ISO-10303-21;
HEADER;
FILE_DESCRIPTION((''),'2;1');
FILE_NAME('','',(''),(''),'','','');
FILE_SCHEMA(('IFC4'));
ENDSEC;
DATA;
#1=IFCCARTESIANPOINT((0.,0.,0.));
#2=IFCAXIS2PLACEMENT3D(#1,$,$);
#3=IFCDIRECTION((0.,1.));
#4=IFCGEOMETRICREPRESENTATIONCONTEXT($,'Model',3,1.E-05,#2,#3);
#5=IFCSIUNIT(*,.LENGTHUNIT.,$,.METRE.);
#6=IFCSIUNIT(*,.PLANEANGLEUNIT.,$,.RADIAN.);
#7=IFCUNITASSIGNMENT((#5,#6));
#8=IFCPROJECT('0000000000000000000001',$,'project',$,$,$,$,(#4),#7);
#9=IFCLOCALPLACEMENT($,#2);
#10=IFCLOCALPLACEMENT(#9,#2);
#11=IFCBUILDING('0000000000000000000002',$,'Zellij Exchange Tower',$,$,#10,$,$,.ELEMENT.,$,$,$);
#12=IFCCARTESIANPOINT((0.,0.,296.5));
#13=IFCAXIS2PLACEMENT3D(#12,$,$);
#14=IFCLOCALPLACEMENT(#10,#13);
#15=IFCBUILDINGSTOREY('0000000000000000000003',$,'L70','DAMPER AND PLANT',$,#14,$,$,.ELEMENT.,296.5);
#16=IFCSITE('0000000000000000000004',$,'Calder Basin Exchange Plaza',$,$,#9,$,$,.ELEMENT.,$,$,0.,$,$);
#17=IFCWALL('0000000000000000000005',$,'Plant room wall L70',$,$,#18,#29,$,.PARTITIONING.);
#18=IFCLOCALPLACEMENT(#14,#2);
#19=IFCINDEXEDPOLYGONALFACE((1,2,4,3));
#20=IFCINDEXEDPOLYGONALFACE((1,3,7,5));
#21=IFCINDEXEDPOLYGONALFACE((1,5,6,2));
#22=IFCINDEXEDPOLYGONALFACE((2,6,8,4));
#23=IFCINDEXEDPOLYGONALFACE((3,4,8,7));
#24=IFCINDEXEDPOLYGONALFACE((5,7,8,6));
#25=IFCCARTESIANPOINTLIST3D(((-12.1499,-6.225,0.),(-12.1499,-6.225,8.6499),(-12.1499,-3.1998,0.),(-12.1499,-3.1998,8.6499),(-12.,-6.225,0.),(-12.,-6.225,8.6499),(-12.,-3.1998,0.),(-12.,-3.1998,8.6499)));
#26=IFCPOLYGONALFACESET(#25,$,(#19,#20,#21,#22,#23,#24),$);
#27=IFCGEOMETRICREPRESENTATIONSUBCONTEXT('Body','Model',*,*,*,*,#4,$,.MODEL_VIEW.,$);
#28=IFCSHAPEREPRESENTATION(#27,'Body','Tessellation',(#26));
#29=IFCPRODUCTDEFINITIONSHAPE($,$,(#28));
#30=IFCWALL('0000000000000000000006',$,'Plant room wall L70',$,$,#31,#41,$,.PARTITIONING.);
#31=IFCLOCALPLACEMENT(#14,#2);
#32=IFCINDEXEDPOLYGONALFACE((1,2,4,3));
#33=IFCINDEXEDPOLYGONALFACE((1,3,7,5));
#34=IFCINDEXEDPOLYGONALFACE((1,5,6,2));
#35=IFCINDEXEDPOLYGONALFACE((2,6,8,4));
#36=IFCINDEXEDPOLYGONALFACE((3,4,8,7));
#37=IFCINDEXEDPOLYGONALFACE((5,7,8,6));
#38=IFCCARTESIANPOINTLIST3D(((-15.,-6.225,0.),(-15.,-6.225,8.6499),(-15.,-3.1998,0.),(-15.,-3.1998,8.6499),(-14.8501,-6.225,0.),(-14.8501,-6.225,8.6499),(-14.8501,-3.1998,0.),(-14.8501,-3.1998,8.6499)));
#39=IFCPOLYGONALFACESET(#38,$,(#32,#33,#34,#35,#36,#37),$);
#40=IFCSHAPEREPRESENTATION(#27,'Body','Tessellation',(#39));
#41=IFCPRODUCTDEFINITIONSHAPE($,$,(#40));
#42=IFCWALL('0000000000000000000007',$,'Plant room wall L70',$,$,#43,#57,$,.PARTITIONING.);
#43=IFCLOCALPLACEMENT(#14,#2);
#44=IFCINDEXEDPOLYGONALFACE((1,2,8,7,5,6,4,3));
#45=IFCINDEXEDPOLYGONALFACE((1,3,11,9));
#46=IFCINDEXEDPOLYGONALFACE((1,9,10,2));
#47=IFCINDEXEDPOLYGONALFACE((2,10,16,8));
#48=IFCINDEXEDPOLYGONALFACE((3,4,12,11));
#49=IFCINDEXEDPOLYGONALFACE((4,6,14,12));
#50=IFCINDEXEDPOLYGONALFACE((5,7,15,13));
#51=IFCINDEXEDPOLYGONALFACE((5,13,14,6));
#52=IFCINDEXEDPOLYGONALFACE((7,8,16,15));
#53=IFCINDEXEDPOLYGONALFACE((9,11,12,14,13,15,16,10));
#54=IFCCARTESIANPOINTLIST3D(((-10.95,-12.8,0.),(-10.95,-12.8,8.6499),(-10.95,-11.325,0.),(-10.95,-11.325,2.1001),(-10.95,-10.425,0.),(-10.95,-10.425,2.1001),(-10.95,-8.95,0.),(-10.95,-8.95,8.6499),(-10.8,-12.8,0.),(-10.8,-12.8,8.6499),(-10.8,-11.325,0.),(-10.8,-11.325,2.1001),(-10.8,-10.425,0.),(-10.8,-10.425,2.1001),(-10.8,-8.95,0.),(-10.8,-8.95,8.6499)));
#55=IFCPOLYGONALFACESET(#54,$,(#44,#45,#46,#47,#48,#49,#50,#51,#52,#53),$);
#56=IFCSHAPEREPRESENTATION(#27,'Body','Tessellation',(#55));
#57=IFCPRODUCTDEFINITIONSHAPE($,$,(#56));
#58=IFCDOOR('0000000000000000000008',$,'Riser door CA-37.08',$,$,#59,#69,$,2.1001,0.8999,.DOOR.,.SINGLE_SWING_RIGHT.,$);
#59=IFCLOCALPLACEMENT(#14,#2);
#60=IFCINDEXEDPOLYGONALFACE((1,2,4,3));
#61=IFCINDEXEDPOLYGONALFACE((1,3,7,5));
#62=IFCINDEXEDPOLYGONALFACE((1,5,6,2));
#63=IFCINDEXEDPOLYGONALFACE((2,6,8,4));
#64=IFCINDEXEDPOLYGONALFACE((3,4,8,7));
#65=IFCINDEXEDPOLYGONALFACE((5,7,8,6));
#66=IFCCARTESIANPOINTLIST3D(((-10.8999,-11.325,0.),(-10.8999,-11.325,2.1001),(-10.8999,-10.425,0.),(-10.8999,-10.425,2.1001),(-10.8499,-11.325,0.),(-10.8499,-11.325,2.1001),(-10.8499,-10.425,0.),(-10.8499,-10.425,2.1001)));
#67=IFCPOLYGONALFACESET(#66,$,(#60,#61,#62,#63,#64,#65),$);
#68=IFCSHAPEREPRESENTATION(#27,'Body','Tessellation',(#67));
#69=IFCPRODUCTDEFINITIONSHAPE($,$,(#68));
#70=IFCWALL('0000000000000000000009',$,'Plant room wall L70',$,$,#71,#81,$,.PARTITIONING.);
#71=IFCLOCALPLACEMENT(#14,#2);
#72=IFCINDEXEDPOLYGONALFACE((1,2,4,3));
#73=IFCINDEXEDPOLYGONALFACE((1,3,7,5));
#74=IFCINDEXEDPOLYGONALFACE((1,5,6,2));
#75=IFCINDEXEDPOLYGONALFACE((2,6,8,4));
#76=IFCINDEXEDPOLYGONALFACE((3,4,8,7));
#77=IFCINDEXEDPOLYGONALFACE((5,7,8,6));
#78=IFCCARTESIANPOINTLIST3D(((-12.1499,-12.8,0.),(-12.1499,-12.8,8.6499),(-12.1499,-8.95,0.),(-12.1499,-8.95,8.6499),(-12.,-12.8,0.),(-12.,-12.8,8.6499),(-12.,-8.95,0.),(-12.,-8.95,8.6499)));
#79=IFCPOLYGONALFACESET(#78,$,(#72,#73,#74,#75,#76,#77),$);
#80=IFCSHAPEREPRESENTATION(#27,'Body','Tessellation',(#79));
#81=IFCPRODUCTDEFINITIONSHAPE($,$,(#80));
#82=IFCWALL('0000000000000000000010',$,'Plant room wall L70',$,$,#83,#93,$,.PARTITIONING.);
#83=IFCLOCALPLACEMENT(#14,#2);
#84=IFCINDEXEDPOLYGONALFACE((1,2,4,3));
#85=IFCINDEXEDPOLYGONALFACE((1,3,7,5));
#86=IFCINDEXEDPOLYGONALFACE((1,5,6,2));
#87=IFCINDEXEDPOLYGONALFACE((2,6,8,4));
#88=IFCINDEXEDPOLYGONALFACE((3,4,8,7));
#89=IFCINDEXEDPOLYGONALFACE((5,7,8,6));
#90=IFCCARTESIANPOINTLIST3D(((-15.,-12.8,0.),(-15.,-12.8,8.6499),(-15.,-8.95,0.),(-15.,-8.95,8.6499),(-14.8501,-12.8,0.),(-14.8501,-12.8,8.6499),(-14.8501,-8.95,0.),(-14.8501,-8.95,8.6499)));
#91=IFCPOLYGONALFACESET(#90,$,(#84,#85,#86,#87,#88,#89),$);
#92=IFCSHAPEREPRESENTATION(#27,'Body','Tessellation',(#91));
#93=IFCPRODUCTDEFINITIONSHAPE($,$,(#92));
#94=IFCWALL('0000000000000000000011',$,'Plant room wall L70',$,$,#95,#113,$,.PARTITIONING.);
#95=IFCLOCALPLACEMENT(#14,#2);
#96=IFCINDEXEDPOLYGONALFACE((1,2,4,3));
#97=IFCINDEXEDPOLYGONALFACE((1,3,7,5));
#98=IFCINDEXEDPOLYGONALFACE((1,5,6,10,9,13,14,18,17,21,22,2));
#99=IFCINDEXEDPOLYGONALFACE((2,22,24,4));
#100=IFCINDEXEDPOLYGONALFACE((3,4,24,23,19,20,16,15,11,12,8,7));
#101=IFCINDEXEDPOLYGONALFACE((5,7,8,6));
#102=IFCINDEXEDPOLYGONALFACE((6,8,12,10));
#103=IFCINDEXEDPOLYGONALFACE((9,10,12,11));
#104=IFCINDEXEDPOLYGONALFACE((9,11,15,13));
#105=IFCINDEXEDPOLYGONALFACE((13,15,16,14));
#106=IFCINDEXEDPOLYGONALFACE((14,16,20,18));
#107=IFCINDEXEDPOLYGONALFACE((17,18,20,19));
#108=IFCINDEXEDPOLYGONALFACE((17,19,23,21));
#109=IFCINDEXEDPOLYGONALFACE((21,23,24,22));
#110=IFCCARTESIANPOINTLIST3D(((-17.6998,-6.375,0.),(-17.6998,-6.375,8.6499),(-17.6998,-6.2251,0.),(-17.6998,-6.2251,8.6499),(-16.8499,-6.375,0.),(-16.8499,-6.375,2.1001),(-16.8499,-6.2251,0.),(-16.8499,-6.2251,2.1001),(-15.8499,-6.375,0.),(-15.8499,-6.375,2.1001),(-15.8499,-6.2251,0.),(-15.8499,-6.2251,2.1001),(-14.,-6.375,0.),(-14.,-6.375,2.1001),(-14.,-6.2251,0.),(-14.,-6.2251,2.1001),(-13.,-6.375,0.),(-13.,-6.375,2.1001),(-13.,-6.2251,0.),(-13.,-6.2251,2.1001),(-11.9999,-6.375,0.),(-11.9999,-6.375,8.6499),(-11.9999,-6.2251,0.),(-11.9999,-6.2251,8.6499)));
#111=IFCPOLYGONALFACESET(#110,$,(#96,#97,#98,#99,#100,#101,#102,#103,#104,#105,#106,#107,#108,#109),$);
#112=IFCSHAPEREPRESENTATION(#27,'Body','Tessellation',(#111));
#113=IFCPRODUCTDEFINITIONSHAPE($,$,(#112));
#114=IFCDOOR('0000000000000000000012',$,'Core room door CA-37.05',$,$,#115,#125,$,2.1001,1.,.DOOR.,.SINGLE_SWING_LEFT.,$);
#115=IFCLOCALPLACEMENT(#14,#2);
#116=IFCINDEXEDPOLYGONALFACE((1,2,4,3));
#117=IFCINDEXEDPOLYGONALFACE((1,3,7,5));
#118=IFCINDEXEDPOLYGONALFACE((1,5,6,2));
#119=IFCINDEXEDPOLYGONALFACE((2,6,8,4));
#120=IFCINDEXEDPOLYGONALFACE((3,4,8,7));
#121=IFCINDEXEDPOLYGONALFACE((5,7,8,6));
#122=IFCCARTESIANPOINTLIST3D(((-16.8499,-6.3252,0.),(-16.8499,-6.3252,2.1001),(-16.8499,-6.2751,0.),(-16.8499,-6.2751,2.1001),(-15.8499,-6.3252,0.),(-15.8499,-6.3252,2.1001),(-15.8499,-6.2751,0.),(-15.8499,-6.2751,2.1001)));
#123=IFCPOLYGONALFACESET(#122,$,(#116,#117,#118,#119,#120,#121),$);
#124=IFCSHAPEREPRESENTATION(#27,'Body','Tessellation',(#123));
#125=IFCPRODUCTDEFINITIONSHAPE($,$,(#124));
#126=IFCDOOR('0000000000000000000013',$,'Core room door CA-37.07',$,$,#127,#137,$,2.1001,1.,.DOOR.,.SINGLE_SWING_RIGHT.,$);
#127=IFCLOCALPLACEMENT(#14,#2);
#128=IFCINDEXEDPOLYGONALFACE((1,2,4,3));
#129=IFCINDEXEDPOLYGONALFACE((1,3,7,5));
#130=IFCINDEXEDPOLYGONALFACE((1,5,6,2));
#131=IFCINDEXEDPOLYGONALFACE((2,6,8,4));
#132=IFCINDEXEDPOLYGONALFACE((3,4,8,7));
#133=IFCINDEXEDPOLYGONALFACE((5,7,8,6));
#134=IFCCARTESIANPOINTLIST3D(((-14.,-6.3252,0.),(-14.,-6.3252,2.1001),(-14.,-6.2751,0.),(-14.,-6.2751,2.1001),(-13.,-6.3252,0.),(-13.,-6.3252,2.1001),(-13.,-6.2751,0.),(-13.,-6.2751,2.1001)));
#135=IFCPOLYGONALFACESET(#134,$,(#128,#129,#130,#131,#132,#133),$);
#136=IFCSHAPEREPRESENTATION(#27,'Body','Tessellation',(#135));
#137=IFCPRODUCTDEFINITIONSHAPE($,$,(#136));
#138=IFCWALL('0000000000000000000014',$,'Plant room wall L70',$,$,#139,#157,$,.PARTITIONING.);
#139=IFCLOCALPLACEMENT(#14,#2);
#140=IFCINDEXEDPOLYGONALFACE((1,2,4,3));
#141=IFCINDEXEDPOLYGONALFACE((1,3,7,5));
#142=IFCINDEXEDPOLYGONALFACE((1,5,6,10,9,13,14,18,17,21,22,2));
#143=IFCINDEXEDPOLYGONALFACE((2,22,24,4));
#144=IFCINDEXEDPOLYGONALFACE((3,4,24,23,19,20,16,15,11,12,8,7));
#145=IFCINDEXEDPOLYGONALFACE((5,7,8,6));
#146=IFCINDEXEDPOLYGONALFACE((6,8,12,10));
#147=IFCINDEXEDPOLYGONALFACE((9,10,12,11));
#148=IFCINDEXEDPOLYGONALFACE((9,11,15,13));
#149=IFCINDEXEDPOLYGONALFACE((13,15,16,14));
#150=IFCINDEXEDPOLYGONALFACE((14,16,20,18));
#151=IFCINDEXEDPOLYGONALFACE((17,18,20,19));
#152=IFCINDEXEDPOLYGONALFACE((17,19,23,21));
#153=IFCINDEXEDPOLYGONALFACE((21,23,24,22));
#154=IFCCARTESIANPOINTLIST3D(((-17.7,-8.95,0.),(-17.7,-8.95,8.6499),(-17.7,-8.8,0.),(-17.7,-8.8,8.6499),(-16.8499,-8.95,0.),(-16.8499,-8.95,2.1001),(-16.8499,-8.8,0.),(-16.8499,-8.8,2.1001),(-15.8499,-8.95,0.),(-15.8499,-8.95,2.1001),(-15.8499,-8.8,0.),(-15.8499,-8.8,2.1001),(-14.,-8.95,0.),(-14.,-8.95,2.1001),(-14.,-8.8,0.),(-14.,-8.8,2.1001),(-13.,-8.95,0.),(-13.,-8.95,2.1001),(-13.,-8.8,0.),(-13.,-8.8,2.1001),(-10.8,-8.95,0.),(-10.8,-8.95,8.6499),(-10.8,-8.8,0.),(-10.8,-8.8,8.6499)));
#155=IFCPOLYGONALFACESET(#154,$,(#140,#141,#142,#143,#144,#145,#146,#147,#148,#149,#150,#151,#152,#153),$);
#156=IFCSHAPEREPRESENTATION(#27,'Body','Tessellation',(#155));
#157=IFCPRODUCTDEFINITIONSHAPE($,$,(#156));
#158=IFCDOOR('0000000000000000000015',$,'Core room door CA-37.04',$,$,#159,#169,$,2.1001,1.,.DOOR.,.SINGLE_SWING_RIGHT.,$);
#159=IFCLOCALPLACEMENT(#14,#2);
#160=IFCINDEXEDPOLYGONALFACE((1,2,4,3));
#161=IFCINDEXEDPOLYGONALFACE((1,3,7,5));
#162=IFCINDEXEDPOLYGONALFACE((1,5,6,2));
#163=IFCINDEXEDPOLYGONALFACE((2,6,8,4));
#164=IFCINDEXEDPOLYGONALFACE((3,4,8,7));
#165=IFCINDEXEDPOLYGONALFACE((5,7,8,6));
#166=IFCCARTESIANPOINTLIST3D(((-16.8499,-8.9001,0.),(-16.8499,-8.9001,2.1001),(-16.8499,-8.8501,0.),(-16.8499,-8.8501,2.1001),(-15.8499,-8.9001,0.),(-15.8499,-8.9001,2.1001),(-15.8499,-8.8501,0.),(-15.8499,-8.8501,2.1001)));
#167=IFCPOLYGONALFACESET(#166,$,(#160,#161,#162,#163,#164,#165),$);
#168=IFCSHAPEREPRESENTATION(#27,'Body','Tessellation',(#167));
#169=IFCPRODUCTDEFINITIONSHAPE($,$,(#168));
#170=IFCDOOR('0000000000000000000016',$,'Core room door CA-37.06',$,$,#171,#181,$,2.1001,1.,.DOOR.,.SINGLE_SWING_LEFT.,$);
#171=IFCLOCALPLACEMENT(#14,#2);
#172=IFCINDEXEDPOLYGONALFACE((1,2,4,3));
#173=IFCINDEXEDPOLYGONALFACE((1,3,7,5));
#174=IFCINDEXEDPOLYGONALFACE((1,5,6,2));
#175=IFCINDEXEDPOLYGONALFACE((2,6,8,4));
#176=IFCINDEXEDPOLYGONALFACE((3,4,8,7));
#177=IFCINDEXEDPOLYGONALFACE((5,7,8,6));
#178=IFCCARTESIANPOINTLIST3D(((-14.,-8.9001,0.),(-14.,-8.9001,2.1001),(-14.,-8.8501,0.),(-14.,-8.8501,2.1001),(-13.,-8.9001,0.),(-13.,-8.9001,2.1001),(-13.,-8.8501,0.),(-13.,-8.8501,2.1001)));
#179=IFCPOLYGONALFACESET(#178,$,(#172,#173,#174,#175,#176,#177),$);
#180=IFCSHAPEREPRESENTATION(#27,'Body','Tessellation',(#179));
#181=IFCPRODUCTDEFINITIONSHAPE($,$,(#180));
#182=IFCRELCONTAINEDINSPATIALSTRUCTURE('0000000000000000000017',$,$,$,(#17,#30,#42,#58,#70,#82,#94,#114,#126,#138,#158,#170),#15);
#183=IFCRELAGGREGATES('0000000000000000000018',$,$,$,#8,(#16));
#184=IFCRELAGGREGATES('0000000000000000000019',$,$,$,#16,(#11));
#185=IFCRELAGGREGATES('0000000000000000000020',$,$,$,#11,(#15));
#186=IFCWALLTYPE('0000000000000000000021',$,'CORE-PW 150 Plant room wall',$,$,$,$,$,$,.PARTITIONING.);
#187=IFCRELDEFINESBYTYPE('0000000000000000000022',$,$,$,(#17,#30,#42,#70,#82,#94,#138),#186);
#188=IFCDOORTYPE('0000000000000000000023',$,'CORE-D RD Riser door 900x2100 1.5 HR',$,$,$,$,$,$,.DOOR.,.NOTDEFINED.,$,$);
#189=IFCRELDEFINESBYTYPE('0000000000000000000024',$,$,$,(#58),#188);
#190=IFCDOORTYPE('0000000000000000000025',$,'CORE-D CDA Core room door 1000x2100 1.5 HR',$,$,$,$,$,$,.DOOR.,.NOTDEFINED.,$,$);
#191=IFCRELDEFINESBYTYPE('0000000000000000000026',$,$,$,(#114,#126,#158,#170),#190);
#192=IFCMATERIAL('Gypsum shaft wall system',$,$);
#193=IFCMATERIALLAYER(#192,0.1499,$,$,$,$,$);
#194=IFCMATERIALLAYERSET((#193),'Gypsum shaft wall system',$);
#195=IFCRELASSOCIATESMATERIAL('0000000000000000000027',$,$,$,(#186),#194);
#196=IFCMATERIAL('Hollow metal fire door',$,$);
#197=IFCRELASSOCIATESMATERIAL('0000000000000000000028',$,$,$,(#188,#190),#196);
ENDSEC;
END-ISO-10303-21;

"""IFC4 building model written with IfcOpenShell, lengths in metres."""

from ifc_helpers import new_model, si_unit, direction, frame, frame_2d, origin, place, context, subcontext, project, spatial, rectangle, extrude, material, layer, layer_set, type_object, element, fill, save


model = new_model("IFC4")

# Units and contexts
model_context = context("Model", 3, precision=1e-05, world=origin(), true_north=direction((0.0, 1.0)))
body_context = subcontext(model_context, "Body", "Model", "MODEL_VIEW")
ifc_project = project(units=[si_unit("LENGTHUNIT", "METRE"), si_unit("PLANEANGLEUNIT", "RADIAN")], contexts=[model_context])

# Site, building, storey
site_placement = place(None, origin())
site = spatial("IfcSite", under=ifc_project, at=site_placement, Name="Calder Basin Exchange Plaza", CompositionType="ELEMENT", RefElevation=0.0)
building_placement = place(site_placement, origin())
building = spatial("IfcBuilding", under=site, at=building_placement, Name="Zellij Exchange Tower", CompositionType="ELEMENT")
storey_placement = place(building_placement, frame((0.0, 0.0, 296.5)))
storey = spatial("IfcBuildingStorey", under=building, at=storey_placement, Name="L70", Description="DAMPER AND PLANT", CompositionType="ELEMENT", Elevation=296.5)

# Walls
ifc_material_1 = material(Name="Gypsum shaft wall system")
ifc_layer_1 = layer(ifc_material_1, 0.1499)
ifc_layer_set_1 = layer_set([ifc_layer_1], Name="Gypsum shaft wall system")
wall_type_1 = type_object("IfcWallType", Name="CORE-PW 150 Plant room wall", PredefinedType="PARTITIONING", material=ifc_layer_set_1)
for number, where, z_axis, x_axis, name in (
    (1, (-12.075, -6.2251, 0.0), (0.0, 0.0, 1.0), (0.0, 1.0, 0.0), "Plant room wall L70"),
    (2, (-14.925, -6.2251, 0.0), (0.0, 0.0, 1.0), (0.0, 1.0, 0.0), "Plant room wall L70"),
):
    element("IfcWall", number, at=place(storey_placement, frame(where, z_axis=z_axis, x_axis=x_axis)), inside=storey, type_object=wall_type_1, Name=name, PredefinedType="PARTITIONING", context=body_context, shape_type="SweptSolid", body=[
        extrude(rectangle(XDim=3.0251, YDim=0.1499, at=frame_2d((1.5127, 0.0))), origin(), (0.0, 0.0, 1.0), 8.6499),
    ])

# Wall, opening, door
wall_1_placement = place(storey_placement, frame((-10.875, -12.8, 0.0), z_axis=(0.0, 0.0, 1.0), x_axis=(0.0, 1.0, 0.0)))
wall_1 = element("IfcWall", 3, at=wall_1_placement, inside=storey, type_object=wall_type_1, Name="Plant room wall L70", PredefinedType="PARTITIONING", context=body_context, shape_type="SweptSolid", body=[
    extrude(rectangle(XDim=3.8501, YDim=0.1499, at=frame_2d((1.925, 0.0))), origin(), (0.0, 0.0, 1.0), 8.6499),
])
opening_1_placement = place(wall_1_placement, frame((1.4751, 0.0, 0.0)))
opening_1 = element("IfcOpeningElement", 4, at=opening_1_placement, cuts=wall_1, PredefinedType="OPENING", context=body_context, shape_type="SweptSolid", body=[
    extrude(rectangle(XDim=0.8999, YDim=2.1001, at=frame_2d((0.45, 1.05))), frame((0.0, 0.0869, 0.0), z_axis=(0.0, -1.0, 0.0), x_axis=(1.0, 0.0, 0.0)), (0.0, 0.0, 1.0), 0.1738),
])
ifc_material_2 = material(Name="Hollow metal fire door")
door_type_1 = type_object("IfcDoorType", Name="CORE-D RD Riser door 900x2100 1.5 HR", OperationType="NOTDEFINED", PredefinedType="DOOR", material=ifc_material_2)
door_1_placement = place(opening_1_placement, origin())
door_1 = element("IfcDoor", 5, at=door_1_placement, inside=storey, type_object=door_type_1, Name="Riser door CA-37.08", OperationType="SINGLE_SWING_RIGHT", OverallHeight=2.1001, OverallWidth=0.8999, PredefinedType="DOOR", context=body_context, shape_type="SweptSolid", body=[
    extrude(rectangle(XDim=0.8999, YDim=2.1001, at=frame_2d((0.45, 1.05))), frame((0.0, 0.0249, 0.0), z_axis=(0.0, -1.0, 0.0), x_axis=(1.0, 0.0, 0.0)), (0.0, 0.0, 1.0), 0.05),
])
fill(opening_1, door_1)

# Walls
for number, where, z_axis, x_axis, name in (
    (6, (-12.075, -12.8, 0.0), (0.0, 0.0, 1.0), (0.0, 1.0, 0.0), "Plant room wall L70"),
    (7, (-14.925, -12.8, 0.0), (0.0, 0.0, 1.0), (0.0, 1.0, 0.0), "Plant room wall L70"),
):
    element("IfcWall", number, at=place(storey_placement, frame(where, z_axis=z_axis, x_axis=x_axis)), inside=storey, type_object=wall_type_1, Name=name, PredefinedType="PARTITIONING", context=body_context, shape_type="SweptSolid", body=[
        extrude(rectangle(XDim=3.8501, YDim=0.1499, at=frame_2d((1.925, 0.0))), origin(), (0.0, 0.0, 1.0), 8.6499),
    ])

# Walls, openings, doors
wall_2_placement = place(storey_placement, frame((-17.7, -6.3, 0.0), z_axis=(0.0, 0.0, 1.0), x_axis=(1.0, 0.0, 0.0)))
wall_2 = element("IfcWall", 8, at=wall_2_placement, inside=storey, type_object=wall_type_1, Name="Plant room wall L70", PredefinedType="PARTITIONING", context=body_context, shape_type="SweptSolid", body=[
    extrude(rectangle(XDim=5.7, YDim=0.1499, at=frame_2d((2.8501, 0.0))), origin(), (0.0, 0.0, 1.0), 8.6499),
])
opening_2_placement = place(wall_2_placement, frame((0.8501, 0.0, 0.0)))
opening_2 = element("IfcOpeningElement", 9, at=opening_2_placement, cuts=wall_2, PredefinedType="OPENING", context=body_context, shape_type="SweptSolid", body=[
    extrude(rectangle(XDim=1.0, YDim=2.1001, at=frame_2d((0.5, 1.05))), frame((0.0, 0.0869, 0.0), z_axis=(0.0, -1.0, 0.0), x_axis=(1.0, 0.0, 0.0)), (0.0, 0.0, 1.0), 0.1738),
])
opening_3_placement = place(wall_2_placement, frame((3.7, 0.0, 0.0)))
opening_3 = element("IfcOpeningElement", 10, at=opening_3_placement, cuts=wall_2, PredefinedType="OPENING", context=body_context, shape_type="SweptSolid", body=[
    extrude(rectangle(XDim=1.0, YDim=2.1001, at=frame_2d((0.5, 1.05))), frame((0.0, 0.0869, 0.0), z_axis=(0.0, -1.0, 0.0), x_axis=(1.0, 0.0, 0.0)), (0.0, 0.0, 1.0), 0.1738),
])
door_type_2 = type_object("IfcDoorType", Name="CORE-D CDA Core room door 1000x2100 1.5 HR", OperationType="NOTDEFINED", PredefinedType="DOOR", material=ifc_material_2)
door_2_placement = place(opening_2_placement, origin())
door_2 = element("IfcDoor", 11, at=door_2_placement, inside=storey, type_object=door_type_2, Name="Core room door CA-37.05", OperationType="SINGLE_SWING_LEFT", OverallHeight=2.1001, OverallWidth=1.0, PredefinedType="DOOR", context=body_context, shape_type="SweptSolid", body=[
    extrude(rectangle(XDim=1.0, YDim=2.1001, at=frame_2d((0.5, 1.05))), frame((0.0, 0.0249, 0.0), z_axis=(0.0, -1.0, 0.0), x_axis=(1.0, 0.0, 0.0)), (0.0, 0.0, 1.0), 0.05),
])
fill(opening_2, door_2)
door_3_placement = place(opening_3_placement, origin())
door_3 = element("IfcDoor", 12, at=door_3_placement, inside=storey, type_object=door_type_2, Name="Core room door CA-37.07", OperationType="SINGLE_SWING_RIGHT", OverallHeight=2.1001, OverallWidth=1.0, PredefinedType="DOOR", context=body_context, shape_type="SweptSolid", body=[
    extrude(rectangle(XDim=1.0, YDim=2.1001, at=frame_2d((0.5, 1.05))), frame((0.0, 0.0249, 0.0), z_axis=(0.0, -1.0, 0.0), x_axis=(1.0, 0.0, 0.0)), (0.0, 0.0, 1.0), 0.05),
])
fill(opening_3, door_3)
wall_3_placement = place(storey_placement, frame((-17.7, -8.875, 0.0), z_axis=(0.0, 0.0, 1.0), x_axis=(1.0, 0.0, 0.0)))
wall_3 = element("IfcWall", 13, at=wall_3_placement, inside=storey, type_object=wall_type_1, Name="Plant room wall L70", PredefinedType="PARTITIONING", context=body_context, shape_type="SweptSolid", body=[
    extrude(rectangle(XDim=6.8999, YDim=0.1499, at=frame_2d((3.45, 0.0))), origin(), (0.0, 0.0, 1.0), 8.6499),
])
opening_4_placement = place(wall_3_placement, frame((0.8501, 0.0, 0.0)))
opening_4 = element("IfcOpeningElement", 14, at=opening_4_placement, cuts=wall_3, PredefinedType="OPENING", context=body_context, shape_type="SweptSolid", body=[
    extrude(rectangle(XDim=1.0, YDim=2.1001, at=frame_2d((0.5, 1.05))), frame((0.0, 0.0869, 0.0), z_axis=(0.0, -1.0, 0.0), x_axis=(1.0, 0.0, 0.0)), (0.0, 0.0, 1.0), 0.1738),
])
opening_5_placement = place(wall_3_placement, frame((3.7, 0.0, 0.0)))
opening_5 = element("IfcOpeningElement", 15, at=opening_5_placement, cuts=wall_3, PredefinedType="OPENING", context=body_context, shape_type="SweptSolid", body=[
    extrude(rectangle(XDim=1.0, YDim=2.1001, at=frame_2d((0.5, 1.05))), frame((0.0, 0.0869, 0.0), z_axis=(0.0, -1.0, 0.0), x_axis=(1.0, 0.0, 0.0)), (0.0, 0.0, 1.0), 0.1738),
])
door_4_placement = place(opening_4_placement, origin())
door_4 = element("IfcDoor", 16, at=door_4_placement, inside=storey, type_object=door_type_2, Name="Core room door CA-37.04", OperationType="SINGLE_SWING_RIGHT", OverallHeight=2.1001, OverallWidth=1.0, PredefinedType="DOOR", context=body_context, shape_type="SweptSolid", body=[
    extrude(rectangle(XDim=1.0, YDim=2.1001, at=frame_2d((0.5, 1.05))), frame((0.0, 0.0249, 0.0), z_axis=(0.0, -1.0, 0.0), x_axis=(1.0, 0.0, 0.0)), (0.0, 0.0, 1.0), 0.05),
])
fill(opening_4, door_4)
door_5_placement = place(opening_5_placement, origin())
door_5 = element("IfcDoor", 17, at=door_5_placement, inside=storey, type_object=door_type_2, Name="Core room door CA-37.06", OperationType="SINGLE_SWING_LEFT", OverallHeight=2.1001, OverallWidth=1.0, PredefinedType="DOOR", context=body_context, shape_type="SweptSolid", body=[
    extrude(rectangle(XDim=1.0, YDim=2.1001, at=frame_2d((0.5, 1.05))), frame((0.0, 0.0249, 0.0), z_axis=(0.0, -1.0, 0.0), x_axis=(1.0, 0.0, 0.0)), (0.0, 0.0, 1.0), 0.05),
])
fill(opening_5, door_5)

save(model, "model.ifc")
